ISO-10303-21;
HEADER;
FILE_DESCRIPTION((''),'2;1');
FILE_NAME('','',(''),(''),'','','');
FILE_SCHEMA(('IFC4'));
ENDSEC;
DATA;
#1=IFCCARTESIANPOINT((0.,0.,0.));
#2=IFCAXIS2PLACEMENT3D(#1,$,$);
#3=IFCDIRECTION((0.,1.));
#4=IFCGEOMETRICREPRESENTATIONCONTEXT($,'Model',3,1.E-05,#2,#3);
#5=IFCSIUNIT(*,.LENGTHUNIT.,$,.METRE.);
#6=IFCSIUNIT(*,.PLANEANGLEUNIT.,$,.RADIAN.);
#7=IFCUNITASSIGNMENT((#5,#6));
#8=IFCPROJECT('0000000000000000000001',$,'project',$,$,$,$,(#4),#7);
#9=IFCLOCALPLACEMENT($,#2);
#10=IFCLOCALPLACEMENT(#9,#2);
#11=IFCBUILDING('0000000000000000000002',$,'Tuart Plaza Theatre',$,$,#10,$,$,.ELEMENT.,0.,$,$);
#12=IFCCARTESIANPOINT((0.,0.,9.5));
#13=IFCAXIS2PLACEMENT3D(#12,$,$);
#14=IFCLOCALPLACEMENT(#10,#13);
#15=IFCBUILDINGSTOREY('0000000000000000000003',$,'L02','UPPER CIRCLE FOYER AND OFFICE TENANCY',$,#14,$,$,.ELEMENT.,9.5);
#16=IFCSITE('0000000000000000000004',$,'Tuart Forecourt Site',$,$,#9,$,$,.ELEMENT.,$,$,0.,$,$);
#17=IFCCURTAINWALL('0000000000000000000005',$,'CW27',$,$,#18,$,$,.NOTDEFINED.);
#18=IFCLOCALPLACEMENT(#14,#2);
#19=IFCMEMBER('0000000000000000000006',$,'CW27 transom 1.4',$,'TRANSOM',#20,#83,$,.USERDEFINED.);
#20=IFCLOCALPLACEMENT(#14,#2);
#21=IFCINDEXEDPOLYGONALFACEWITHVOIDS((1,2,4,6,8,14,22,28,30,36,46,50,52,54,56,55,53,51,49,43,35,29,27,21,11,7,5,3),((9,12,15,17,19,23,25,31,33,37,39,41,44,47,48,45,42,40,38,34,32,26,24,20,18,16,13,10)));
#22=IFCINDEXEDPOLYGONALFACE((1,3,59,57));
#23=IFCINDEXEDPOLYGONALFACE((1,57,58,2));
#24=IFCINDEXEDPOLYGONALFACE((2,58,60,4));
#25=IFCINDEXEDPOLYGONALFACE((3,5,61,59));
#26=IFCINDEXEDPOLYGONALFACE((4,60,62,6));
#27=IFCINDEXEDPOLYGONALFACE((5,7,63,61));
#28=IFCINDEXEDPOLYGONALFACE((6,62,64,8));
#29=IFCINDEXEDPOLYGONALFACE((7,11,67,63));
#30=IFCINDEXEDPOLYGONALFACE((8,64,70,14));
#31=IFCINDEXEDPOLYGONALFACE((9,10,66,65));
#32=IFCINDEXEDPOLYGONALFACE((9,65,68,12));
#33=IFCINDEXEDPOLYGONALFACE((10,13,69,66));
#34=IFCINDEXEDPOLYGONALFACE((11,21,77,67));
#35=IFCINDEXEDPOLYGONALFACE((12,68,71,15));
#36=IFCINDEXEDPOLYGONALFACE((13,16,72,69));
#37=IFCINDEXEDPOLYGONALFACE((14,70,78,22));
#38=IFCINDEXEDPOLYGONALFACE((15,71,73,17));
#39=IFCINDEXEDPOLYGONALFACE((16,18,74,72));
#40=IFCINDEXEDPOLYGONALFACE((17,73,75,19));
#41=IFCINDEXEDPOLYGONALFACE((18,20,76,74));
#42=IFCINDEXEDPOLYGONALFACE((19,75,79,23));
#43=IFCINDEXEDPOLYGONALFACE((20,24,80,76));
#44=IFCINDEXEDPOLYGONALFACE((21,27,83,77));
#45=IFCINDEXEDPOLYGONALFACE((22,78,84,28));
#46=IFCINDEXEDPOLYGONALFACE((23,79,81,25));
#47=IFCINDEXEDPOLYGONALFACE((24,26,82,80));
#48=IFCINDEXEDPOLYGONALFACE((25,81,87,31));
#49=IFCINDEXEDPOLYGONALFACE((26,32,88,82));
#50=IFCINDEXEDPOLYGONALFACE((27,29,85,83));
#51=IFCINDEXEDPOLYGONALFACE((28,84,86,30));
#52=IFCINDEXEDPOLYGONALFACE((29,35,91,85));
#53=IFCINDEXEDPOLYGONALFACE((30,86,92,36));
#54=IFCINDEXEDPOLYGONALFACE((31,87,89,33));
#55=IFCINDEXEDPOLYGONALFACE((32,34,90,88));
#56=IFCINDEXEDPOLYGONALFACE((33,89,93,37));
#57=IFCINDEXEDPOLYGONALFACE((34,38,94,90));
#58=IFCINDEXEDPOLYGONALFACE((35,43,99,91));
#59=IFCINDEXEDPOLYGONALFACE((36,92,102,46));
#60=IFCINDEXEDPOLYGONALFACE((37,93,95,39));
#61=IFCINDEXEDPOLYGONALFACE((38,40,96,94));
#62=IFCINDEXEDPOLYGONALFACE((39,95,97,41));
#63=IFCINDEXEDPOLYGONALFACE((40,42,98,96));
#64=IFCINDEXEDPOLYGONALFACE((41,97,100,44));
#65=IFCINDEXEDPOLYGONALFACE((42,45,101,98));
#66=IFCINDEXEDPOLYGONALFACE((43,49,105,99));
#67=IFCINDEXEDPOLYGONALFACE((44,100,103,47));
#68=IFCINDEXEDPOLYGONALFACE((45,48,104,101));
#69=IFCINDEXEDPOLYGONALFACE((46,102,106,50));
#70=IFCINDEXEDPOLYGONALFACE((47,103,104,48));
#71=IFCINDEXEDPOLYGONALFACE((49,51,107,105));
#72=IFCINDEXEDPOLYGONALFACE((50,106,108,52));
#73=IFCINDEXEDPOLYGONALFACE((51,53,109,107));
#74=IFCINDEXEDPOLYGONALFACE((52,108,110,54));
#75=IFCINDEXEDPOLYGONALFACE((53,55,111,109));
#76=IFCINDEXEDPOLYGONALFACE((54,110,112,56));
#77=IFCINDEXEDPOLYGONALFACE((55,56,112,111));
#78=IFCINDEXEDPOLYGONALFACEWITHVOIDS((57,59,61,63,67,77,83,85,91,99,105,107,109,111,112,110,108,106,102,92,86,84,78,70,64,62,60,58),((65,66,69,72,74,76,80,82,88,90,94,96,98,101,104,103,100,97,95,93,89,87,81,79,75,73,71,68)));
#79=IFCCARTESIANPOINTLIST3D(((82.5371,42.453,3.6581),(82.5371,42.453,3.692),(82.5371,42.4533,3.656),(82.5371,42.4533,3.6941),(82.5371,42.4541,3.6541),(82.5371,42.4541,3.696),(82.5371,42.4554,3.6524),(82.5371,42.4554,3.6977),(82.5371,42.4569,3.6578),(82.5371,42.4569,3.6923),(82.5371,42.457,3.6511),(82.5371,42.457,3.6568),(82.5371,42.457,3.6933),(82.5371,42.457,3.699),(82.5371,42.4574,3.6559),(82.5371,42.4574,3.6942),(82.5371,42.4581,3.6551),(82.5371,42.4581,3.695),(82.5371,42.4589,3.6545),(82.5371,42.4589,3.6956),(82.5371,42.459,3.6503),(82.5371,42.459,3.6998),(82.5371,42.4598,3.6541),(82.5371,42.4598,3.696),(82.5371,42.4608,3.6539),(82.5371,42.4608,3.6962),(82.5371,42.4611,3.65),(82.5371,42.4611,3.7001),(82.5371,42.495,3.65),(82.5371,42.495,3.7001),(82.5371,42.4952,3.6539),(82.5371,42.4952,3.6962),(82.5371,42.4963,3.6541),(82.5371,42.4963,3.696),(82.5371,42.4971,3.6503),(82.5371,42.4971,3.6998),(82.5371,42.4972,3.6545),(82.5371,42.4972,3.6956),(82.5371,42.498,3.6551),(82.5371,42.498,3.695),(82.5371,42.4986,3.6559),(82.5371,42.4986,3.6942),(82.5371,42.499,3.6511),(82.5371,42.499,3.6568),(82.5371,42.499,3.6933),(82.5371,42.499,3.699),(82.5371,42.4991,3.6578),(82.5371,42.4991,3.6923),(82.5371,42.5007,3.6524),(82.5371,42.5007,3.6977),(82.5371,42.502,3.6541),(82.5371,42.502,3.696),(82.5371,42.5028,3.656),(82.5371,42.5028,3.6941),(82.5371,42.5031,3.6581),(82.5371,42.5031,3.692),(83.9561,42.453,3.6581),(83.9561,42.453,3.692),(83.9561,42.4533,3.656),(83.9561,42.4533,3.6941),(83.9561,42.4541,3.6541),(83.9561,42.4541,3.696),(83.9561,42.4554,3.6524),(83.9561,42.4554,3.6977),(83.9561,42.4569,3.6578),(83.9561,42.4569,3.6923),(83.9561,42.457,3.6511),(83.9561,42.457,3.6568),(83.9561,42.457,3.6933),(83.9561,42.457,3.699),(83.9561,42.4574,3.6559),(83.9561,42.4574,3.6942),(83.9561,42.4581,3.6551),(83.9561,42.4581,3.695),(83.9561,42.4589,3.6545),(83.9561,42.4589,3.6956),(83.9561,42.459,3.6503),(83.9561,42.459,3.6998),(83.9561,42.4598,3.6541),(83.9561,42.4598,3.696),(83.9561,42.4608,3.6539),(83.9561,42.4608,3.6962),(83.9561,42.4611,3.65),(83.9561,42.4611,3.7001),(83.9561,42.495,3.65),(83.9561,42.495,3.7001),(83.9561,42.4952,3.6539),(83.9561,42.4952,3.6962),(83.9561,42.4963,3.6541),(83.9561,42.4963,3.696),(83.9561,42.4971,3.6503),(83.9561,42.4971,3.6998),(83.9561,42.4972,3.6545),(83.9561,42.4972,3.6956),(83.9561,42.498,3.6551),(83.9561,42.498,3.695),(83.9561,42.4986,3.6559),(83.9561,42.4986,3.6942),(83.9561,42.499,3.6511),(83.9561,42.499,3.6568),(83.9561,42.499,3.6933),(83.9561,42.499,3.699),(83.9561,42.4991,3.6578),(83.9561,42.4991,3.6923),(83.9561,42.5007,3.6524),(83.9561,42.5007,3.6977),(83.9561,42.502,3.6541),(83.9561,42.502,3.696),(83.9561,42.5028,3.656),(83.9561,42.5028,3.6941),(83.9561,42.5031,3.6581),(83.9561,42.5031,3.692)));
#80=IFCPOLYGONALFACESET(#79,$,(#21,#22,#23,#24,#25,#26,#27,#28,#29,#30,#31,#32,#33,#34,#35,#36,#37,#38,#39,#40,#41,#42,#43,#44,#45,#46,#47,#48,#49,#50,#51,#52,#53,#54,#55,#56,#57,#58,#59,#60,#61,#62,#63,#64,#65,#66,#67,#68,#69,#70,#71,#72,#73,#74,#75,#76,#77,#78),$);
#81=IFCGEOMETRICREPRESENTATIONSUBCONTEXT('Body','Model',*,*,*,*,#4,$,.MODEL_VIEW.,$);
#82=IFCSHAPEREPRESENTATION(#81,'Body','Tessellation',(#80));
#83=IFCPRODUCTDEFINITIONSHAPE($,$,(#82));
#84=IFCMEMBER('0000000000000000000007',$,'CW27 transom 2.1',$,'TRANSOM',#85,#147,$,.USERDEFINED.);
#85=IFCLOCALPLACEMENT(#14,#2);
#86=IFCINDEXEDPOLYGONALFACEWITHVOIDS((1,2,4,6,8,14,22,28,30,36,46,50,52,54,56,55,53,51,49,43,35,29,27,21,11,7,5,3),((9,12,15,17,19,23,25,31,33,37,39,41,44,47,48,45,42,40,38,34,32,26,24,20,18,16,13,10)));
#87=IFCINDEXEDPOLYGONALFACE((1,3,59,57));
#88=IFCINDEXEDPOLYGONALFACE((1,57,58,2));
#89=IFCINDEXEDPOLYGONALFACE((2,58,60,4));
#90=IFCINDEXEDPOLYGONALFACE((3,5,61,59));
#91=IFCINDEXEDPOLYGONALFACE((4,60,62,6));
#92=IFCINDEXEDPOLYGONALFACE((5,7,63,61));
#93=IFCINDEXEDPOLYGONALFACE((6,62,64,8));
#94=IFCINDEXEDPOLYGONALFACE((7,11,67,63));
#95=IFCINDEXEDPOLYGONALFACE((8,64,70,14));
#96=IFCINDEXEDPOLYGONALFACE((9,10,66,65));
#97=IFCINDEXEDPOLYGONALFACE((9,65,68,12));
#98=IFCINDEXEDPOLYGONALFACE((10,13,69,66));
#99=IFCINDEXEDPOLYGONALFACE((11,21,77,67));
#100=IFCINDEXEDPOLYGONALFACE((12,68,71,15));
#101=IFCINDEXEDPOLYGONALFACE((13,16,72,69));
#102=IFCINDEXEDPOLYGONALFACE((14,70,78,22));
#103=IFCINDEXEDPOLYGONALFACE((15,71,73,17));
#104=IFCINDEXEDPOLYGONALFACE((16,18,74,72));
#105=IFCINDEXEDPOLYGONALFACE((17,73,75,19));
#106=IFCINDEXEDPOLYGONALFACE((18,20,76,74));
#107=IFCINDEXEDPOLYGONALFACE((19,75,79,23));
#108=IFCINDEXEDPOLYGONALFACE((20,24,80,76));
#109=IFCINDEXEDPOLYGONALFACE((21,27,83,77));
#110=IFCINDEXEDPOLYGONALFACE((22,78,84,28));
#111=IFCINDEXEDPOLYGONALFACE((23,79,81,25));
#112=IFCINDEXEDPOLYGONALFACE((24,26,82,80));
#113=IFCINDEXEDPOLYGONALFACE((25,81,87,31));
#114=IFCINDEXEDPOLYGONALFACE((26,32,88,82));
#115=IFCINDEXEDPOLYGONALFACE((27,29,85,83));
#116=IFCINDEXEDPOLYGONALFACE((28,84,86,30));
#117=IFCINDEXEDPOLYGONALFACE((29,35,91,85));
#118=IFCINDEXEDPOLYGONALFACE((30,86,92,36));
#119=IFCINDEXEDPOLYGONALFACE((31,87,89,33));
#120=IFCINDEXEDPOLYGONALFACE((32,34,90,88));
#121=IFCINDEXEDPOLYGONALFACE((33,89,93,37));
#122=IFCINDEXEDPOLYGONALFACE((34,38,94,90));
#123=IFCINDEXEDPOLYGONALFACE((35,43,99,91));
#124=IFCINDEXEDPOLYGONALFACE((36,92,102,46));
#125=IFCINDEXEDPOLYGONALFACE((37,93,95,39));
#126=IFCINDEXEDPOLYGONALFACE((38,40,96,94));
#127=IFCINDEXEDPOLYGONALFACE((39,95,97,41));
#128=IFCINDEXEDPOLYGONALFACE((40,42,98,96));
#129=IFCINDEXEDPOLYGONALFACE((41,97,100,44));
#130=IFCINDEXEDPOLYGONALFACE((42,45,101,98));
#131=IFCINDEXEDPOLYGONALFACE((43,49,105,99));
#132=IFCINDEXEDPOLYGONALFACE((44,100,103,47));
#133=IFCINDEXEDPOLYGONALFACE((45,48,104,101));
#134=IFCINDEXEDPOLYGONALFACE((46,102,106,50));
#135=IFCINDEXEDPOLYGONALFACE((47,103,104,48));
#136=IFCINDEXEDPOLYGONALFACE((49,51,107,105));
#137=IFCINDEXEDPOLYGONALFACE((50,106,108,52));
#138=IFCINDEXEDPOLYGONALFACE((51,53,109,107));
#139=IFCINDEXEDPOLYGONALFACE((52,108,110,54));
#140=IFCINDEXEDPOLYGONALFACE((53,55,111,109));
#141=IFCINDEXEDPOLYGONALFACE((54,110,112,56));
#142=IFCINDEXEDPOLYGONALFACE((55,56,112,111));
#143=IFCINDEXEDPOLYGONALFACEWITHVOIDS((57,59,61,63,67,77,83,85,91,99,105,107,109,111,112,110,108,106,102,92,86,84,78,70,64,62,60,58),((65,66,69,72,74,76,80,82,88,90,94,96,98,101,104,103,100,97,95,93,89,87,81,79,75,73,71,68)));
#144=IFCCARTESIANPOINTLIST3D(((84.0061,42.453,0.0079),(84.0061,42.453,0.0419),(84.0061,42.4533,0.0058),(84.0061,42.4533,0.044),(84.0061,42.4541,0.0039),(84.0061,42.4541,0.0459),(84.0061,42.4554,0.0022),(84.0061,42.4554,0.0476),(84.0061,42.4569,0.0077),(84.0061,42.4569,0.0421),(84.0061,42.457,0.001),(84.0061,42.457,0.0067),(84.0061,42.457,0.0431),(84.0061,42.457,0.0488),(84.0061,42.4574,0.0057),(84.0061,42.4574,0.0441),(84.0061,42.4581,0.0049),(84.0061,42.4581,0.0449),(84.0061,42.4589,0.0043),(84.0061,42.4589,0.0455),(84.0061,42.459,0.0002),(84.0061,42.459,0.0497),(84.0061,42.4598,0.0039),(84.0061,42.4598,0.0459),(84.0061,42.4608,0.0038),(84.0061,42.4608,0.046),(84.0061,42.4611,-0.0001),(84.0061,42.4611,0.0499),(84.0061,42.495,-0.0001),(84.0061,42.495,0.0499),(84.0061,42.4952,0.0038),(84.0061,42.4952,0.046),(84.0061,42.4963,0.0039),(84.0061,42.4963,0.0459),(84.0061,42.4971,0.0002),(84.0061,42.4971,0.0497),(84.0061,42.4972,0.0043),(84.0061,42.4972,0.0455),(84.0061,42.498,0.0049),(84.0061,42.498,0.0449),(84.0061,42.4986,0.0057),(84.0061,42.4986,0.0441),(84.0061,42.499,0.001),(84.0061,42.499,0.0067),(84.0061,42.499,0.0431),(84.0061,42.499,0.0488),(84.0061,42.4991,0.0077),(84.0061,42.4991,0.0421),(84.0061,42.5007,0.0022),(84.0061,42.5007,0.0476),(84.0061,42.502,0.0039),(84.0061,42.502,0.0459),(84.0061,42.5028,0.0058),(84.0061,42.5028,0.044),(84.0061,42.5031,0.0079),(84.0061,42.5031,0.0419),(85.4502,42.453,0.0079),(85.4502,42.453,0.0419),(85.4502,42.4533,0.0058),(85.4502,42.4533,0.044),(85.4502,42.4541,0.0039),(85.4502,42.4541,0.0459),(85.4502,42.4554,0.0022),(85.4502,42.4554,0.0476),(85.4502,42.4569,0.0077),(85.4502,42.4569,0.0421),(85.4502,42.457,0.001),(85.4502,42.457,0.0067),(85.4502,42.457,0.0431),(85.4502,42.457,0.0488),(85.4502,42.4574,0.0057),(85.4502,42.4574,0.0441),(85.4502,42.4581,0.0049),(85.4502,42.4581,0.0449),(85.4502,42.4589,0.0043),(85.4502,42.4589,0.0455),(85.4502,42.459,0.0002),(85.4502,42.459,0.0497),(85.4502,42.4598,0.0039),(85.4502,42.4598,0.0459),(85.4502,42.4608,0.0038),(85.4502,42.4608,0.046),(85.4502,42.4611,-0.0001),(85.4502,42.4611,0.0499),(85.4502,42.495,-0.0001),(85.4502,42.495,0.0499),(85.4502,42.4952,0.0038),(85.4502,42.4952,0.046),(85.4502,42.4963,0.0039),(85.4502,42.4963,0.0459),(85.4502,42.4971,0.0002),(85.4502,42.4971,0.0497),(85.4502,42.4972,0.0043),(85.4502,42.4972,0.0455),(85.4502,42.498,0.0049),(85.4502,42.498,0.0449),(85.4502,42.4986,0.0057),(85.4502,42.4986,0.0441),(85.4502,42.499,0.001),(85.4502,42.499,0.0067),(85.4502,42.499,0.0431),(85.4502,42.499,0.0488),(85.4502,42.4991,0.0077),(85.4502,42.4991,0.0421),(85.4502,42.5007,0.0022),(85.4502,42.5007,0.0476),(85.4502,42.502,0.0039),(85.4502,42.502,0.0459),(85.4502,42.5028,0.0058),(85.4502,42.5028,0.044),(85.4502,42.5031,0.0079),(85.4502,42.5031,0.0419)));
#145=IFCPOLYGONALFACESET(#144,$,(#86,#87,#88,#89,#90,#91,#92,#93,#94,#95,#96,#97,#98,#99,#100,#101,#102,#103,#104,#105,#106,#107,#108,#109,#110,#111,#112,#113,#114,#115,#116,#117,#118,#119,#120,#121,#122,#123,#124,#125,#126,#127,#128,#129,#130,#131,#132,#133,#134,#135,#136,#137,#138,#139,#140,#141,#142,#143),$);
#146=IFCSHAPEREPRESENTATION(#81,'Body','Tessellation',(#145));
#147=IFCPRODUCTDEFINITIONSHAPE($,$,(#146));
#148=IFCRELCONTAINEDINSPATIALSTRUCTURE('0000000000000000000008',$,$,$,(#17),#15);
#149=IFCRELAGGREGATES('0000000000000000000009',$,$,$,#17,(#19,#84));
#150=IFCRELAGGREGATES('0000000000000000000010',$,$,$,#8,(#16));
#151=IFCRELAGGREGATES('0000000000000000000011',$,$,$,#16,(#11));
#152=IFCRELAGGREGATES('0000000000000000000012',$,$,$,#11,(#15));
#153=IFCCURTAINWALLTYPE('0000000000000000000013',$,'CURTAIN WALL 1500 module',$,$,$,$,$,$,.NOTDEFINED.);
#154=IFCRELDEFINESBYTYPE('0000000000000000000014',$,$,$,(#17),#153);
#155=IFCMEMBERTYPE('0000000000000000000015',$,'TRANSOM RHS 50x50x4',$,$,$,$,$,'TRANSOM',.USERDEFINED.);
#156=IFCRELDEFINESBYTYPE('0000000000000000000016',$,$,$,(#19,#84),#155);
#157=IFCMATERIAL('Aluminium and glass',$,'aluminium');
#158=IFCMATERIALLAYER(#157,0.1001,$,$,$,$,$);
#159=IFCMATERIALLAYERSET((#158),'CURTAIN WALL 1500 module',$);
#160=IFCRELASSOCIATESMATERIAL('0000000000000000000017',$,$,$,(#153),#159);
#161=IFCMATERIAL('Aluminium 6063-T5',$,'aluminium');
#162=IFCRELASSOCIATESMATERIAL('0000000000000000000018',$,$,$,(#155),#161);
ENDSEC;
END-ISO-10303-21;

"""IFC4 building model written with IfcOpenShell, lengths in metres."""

from ifc_helpers import new_model, si_unit, direction, frame, origin, origin_2d, place, context, subcontext, project, spatial, hollow_rectangle, extrude, material, layer, layer_set, material_profile, profile_set, type_object, element, aggregate, save


model = new_model("IFC4")

# Units and contexts
model_context = context("Model", 3, precision=1e-05, world=origin(), true_north=direction((0.0, 1.0)))
body_context = subcontext(model_context, "Body", "Model", "MODEL_VIEW")
ifc_project = project(units=[si_unit("LENGTHUNIT", "METRE"), si_unit("PLANEANGLEUNIT", "RADIAN")], contexts=[model_context])

# Site, building, storey
site_placement = place(None, origin())
site = spatial("IfcSite", under=ifc_project, at=site_placement, Name="Tuart Forecourt Site", CompositionType="ELEMENT", RefElevation=0.0)
building_placement = place(site_placement, origin())
building = spatial("IfcBuilding", under=site, at=building_placement, Name="Tuart Plaza Theatre", CompositionType="ELEMENT", ElevationOfRefHeight=0.0)
storey_placement = place(building_placement, frame((0.0, 0.0, 9.5)))
storey = spatial("IfcBuildingStorey", under=building, at=storey_placement, Name="L02", Description="UPPER CIRCLE FOYER AND OFFICE TENANCY", CompositionType="ELEMENT", Elevation=9.5)

# Curtain wall, members
ifc_material_1 = material(Name="Aluminium and glass", Category="aluminium")
ifc_layer_1 = layer(ifc_material_1, 0.1001)
ifc_layer_set_1 = layer_set([ifc_layer_1], Name="CURTAIN WALL 1500 module")
curtain_wall_type = type_object("IfcCurtainWallType", Name="CURTAIN WALL 1500 module", PredefinedType="NOTDEFINED", material=ifc_layer_set_1)
curtain_wall_placement = place(storey_placement, origin())
curtain_wall = element("IfcCurtainWall", 1, at=curtain_wall_placement, inside=storey, type_object=curtain_wall_type, Name="CW27", PredefinedType="NOTDEFINED")
ifc_material_2 = material(Name="Aluminium 6063-T5", Category="aluminium")
ifc_material_profile_1 = material_profile(ifc_material_2, hollow_rectangle(XDim=0.05, YDim=0.05, WallThickness=0.0039, InnerFilletRadius=0.0039, OuterFilletRadius=0.0081, at=origin_2d()), Name="RHS 50x50x4")
ifc_profile_set_1 = profile_set([ifc_material_profile_1], Name="Aluminium 6063-T5")
member_type_1 = type_object("IfcMemberType", Name="TRANSOM RHS 50x50x4", ElementType="TRANSOM", PredefinedType="USERDEFINED", material=ifc_profile_set_1)
member_1_placement = place(storey_placement, frame((82.5371, 42.478, 3.675), z_axis=(1.0, 0.0, 0.0), x_axis=(0.0, 1.0, 0.0)))
member_1 = element("IfcMember", 2, at=member_1_placement, type_object=member_type_1, Name="CW27 transom 1.4", ObjectType="TRANSOM", PredefinedType="USERDEFINED", context=body_context, shape_type="SweptSolid", body=[
    extrude(hollow_rectangle(XDim=0.05, YDim=0.05, WallThickness=0.0039, InnerFilletRadius=0.0039, OuterFilletRadius=0.0081, at=origin_2d()), origin(), (0.0, 0.0, 1.0), 1.4189),
])
member_2_placement = place(storey_placement, frame((84.0061, 42.478, 0.0249), z_axis=(1.0, 0.0, 0.0), x_axis=(0.0, 1.0, 0.0)))
member_2 = element("IfcMember", 3, at=member_2_placement, type_object=member_type_1, Name="CW27 transom 2.1", ObjectType="TRANSOM", PredefinedType="USERDEFINED", context=body_context, shape_type="SweptSolid", body=[
    extrude(hollow_rectangle(XDim=0.05, YDim=0.05, WallThickness=0.0039, InnerFilletRadius=0.0039, OuterFilletRadius=0.0081, at=origin_2d()), origin(), (0.0, 0.0, 1.0), 1.4441),
])
aggregate(curtain_wall, [member_1, member_2])

save(model, "model.ifc")
